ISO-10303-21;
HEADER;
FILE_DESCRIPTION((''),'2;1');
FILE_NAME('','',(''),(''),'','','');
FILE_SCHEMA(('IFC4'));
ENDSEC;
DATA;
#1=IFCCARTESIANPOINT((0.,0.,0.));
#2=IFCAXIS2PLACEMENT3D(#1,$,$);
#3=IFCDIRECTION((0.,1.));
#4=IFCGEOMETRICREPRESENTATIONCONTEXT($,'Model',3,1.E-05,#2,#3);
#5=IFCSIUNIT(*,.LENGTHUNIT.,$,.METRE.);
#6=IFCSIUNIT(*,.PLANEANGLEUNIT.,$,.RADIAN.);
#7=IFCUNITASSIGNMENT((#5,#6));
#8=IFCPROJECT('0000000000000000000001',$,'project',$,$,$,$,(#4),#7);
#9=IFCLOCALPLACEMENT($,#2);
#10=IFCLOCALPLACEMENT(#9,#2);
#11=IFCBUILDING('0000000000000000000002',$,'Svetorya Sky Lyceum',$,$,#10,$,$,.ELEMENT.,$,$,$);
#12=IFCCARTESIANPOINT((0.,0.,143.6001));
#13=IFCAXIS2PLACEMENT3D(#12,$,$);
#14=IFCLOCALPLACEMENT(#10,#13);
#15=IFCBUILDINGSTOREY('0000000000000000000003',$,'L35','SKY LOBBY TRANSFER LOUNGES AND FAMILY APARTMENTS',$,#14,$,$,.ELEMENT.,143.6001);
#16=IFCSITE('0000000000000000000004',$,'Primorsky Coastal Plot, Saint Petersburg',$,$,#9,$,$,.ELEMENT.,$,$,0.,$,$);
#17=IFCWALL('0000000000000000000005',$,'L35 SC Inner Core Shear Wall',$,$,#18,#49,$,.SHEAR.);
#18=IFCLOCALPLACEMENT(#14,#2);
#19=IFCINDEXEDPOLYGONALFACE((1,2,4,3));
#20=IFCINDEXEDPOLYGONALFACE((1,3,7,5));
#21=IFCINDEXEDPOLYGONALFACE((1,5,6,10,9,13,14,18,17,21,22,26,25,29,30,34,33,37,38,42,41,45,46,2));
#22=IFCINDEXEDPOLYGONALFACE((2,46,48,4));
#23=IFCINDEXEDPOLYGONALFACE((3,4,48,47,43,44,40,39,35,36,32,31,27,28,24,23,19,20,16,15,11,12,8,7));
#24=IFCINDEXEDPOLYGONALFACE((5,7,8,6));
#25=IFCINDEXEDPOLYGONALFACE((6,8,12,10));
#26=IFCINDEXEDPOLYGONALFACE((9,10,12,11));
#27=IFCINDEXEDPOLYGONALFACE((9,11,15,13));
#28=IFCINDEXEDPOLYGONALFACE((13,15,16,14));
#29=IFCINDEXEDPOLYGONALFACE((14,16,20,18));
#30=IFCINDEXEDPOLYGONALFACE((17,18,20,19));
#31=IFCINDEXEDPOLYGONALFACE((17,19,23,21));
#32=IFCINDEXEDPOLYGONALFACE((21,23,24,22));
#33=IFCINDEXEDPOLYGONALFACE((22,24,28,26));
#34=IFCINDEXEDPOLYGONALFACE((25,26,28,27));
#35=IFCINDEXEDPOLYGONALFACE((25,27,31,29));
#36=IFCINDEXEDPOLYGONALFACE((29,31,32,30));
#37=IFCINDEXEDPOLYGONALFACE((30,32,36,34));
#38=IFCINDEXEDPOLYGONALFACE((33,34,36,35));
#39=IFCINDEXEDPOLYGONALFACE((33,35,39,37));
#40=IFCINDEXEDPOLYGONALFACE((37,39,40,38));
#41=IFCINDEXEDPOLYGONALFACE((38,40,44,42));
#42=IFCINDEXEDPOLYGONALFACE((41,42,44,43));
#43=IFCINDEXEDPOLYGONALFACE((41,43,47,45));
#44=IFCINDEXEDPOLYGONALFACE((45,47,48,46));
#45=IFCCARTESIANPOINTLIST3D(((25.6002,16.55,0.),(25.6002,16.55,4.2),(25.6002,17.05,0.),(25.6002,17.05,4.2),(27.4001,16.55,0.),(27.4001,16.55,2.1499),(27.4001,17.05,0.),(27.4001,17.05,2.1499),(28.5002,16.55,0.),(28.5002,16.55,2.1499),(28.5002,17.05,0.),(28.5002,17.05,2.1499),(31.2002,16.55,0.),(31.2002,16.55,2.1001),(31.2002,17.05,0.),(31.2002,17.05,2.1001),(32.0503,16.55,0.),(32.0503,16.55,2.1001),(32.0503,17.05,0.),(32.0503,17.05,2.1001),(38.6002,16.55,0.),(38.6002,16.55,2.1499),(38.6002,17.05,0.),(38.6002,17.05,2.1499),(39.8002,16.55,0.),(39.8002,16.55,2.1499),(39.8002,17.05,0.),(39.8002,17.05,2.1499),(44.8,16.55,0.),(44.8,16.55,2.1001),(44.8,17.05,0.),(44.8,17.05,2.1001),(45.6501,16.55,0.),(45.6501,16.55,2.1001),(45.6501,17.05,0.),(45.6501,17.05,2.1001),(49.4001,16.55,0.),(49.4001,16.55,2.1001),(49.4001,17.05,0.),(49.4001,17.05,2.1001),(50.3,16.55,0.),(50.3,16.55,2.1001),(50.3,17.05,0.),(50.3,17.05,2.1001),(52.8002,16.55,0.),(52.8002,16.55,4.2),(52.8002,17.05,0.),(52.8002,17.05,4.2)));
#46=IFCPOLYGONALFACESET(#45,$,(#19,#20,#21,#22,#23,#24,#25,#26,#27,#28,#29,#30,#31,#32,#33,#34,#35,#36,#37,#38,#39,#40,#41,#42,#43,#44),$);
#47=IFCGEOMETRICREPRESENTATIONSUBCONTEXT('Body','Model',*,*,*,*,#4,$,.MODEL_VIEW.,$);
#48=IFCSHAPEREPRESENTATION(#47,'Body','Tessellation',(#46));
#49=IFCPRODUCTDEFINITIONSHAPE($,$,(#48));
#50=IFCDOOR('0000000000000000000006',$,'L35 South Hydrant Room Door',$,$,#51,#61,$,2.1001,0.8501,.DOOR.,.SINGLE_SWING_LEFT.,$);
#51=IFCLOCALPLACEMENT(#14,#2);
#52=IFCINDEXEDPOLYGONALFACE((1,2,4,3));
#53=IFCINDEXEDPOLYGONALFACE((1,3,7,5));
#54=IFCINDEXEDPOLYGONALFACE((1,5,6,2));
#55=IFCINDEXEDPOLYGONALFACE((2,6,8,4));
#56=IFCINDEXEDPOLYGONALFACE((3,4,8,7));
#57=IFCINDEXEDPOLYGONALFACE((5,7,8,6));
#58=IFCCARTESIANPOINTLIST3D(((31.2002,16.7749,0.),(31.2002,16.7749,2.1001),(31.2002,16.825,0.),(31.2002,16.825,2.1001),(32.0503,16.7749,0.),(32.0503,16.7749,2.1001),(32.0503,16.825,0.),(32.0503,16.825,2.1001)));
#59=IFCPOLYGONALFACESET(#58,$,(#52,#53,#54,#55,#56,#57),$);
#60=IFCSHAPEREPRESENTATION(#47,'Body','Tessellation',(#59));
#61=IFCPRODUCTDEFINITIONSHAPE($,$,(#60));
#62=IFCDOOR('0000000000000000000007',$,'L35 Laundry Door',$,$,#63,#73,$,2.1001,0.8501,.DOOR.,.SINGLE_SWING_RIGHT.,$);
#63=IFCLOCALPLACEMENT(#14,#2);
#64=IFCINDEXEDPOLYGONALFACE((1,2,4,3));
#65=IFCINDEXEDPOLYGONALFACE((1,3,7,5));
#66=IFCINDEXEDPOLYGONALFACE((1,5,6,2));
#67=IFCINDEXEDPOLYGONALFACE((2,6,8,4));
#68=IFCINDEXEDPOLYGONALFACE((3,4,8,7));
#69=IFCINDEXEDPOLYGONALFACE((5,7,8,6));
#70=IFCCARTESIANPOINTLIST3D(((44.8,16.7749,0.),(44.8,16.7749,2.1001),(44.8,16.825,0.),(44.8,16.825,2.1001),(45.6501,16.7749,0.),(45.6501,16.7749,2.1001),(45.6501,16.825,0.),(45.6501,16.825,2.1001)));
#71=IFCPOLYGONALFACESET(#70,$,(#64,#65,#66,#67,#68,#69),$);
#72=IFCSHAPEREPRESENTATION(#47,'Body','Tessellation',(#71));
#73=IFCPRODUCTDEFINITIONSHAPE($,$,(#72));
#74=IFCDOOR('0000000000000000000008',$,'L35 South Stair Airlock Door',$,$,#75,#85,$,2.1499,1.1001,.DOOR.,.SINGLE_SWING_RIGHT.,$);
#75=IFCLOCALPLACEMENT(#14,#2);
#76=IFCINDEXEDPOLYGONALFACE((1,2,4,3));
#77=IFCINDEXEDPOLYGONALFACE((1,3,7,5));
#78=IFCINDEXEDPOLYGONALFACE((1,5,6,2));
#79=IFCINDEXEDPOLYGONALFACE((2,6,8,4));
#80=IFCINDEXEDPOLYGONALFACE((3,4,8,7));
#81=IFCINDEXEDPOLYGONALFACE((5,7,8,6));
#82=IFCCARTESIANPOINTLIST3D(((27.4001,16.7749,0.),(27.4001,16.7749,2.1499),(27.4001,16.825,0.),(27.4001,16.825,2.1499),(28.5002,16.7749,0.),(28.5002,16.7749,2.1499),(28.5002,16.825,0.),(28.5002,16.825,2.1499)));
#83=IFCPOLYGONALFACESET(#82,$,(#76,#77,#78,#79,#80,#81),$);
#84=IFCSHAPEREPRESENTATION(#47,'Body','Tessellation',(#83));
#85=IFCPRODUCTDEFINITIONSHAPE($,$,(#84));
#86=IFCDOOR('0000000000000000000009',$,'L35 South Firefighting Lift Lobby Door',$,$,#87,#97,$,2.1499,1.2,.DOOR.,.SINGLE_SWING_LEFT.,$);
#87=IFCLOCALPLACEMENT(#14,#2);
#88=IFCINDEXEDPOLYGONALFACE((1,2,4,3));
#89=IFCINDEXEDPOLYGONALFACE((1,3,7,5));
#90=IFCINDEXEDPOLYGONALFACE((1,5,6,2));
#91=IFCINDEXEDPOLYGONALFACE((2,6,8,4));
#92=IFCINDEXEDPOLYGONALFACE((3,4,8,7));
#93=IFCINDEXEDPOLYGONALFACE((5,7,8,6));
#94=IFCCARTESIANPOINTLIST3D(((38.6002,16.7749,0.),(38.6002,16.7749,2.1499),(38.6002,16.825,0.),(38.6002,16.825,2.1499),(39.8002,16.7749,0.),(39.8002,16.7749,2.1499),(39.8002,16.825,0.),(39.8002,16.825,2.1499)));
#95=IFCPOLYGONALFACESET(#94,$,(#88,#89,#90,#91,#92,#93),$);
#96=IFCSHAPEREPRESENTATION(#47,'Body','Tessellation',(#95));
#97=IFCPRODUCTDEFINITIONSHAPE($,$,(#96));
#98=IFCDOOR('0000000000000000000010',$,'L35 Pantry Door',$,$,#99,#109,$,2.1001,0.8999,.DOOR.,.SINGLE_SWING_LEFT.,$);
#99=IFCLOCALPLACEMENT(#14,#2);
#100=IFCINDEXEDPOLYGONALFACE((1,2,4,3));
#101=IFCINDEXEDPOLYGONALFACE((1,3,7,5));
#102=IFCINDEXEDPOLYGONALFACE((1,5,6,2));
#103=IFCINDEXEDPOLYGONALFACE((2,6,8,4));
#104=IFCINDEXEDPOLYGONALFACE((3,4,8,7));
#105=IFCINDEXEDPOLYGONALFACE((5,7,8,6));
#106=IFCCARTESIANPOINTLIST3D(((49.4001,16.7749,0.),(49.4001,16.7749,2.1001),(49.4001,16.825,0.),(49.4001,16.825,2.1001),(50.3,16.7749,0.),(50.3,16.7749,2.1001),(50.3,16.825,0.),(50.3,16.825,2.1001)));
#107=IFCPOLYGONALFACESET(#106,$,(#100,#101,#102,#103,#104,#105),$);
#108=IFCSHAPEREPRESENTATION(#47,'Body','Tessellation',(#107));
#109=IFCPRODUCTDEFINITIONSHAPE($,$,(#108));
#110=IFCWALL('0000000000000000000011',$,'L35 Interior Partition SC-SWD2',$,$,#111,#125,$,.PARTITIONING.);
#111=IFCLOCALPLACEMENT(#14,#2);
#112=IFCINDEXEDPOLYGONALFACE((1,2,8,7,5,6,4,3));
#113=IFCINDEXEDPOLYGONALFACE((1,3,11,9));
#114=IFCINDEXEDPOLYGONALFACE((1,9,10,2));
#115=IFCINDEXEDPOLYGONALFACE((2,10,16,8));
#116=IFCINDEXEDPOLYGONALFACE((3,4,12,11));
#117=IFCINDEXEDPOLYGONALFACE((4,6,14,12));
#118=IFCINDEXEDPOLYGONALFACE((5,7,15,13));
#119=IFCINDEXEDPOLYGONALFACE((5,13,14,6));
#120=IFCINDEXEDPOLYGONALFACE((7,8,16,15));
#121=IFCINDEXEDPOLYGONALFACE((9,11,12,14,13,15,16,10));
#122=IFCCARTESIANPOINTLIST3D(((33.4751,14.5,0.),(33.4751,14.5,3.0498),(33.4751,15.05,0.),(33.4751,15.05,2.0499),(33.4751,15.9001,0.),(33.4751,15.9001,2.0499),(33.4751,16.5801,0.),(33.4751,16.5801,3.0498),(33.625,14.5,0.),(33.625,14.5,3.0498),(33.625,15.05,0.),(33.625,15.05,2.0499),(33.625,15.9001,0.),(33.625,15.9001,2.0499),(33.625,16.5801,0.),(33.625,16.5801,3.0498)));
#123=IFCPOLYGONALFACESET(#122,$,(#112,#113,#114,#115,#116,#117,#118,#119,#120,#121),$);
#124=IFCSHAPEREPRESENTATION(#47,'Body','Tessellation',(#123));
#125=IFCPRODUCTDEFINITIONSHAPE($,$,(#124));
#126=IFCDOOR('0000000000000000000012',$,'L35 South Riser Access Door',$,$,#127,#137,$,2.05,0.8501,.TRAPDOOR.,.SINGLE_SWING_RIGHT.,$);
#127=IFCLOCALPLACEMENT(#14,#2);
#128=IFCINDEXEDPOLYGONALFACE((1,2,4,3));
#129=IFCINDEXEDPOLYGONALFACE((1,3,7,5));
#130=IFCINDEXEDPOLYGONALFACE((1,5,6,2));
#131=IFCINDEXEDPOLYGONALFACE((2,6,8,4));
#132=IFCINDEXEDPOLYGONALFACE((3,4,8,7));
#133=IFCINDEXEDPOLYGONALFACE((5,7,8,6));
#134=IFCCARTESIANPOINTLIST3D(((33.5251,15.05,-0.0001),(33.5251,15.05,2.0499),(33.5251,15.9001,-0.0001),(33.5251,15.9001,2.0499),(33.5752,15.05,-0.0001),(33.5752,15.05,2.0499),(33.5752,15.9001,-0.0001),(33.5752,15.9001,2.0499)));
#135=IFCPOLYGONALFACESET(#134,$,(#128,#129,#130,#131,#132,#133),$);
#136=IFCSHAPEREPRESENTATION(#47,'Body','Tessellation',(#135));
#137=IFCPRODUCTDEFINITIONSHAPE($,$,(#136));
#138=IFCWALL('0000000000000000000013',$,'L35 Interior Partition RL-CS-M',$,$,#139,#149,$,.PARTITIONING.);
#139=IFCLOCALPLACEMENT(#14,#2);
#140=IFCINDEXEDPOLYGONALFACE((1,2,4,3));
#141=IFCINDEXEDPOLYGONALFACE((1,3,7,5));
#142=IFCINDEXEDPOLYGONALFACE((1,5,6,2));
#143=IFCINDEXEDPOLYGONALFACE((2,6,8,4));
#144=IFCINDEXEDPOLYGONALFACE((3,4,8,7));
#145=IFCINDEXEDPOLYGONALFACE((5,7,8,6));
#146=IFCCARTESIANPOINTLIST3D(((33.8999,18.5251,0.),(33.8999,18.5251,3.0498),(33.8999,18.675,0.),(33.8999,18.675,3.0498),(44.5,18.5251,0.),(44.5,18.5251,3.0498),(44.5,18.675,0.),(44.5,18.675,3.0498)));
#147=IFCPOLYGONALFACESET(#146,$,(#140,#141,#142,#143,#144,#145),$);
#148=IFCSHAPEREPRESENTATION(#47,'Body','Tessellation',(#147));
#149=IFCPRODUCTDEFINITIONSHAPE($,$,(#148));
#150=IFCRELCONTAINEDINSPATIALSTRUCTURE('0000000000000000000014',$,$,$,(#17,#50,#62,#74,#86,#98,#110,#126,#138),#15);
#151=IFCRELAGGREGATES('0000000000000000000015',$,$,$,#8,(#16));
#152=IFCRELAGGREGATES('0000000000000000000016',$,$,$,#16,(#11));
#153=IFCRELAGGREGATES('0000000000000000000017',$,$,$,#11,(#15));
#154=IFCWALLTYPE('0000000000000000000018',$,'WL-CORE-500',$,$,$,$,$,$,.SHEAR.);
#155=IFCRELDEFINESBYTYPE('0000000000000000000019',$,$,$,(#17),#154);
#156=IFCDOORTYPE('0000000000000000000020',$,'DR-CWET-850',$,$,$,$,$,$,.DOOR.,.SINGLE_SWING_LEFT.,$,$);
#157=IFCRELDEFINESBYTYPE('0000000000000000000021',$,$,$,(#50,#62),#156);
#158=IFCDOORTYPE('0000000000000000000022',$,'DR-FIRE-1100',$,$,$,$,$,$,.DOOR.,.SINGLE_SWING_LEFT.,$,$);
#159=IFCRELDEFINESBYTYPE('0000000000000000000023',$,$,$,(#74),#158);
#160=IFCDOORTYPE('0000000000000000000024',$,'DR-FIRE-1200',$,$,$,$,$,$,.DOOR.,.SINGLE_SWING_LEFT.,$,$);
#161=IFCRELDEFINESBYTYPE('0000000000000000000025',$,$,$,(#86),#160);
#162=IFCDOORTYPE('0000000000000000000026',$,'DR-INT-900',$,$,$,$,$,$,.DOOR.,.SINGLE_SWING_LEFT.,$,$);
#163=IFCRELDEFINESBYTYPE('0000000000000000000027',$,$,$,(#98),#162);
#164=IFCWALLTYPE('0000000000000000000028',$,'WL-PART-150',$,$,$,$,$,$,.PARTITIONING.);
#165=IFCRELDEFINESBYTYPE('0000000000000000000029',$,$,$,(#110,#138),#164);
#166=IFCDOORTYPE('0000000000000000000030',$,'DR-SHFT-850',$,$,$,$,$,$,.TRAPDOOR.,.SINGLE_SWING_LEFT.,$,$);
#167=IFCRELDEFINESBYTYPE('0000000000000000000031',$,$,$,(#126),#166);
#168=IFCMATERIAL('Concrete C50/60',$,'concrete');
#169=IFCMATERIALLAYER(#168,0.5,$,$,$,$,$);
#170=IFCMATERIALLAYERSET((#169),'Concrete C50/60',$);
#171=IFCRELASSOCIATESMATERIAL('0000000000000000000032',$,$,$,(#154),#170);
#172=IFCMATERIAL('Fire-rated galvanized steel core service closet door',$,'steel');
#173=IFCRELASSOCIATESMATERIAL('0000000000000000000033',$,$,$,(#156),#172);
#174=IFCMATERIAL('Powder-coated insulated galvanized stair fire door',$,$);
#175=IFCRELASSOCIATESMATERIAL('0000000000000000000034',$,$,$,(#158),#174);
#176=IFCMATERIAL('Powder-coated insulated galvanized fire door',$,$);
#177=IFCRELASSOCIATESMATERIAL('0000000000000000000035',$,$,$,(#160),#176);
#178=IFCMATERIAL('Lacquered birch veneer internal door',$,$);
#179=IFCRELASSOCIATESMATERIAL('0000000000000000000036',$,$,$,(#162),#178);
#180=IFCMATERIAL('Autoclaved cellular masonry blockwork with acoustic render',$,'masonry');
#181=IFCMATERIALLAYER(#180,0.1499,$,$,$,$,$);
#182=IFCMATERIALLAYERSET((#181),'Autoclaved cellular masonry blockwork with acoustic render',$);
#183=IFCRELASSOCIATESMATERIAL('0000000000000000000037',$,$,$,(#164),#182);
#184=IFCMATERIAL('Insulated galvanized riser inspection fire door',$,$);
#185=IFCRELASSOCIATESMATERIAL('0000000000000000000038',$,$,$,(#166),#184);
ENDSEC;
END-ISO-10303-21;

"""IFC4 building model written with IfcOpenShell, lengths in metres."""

from ifc_helpers import new_model, si_unit, direction, frame, frame_2d, origin, place, context, subcontext, project, spatial, rectangle, extrude, material, layer, layer_set, type_object, element, fill, save


model = new_model("IFC4")

# Units and contexts
model_context = context("Model", 3, precision=1e-05, world=origin(), true_north=direction((0.0, 1.0)))
body_context = subcontext(model_context, "Body", "Model", "MODEL_VIEW")
ifc_project = project(units=[si_unit("LENGTHUNIT", "METRE"), si_unit("PLANEANGLEUNIT", "RADIAN")], contexts=[model_context])

# Site, building, storey
site_placement = place(None, origin())
site = spatial("IfcSite", under=ifc_project, at=site_placement, Name="Primorsky Coastal Plot, Saint Petersburg", CompositionType="ELEMENT", RefElevation=0.0)
building_placement = place(site_placement, origin())
building = spatial("IfcBuilding", under=site, at=building_placement, Name="Svetorya Sky Lyceum", CompositionType="ELEMENT")
storey_placement = place(building_placement, frame((0.0, 0.0, 143.6001)))
storey = spatial("IfcBuildingStorey", under=building, at=storey_placement, Name="L35", Description="SKY LOBBY TRANSFER LOUNGES AND FAMILY APARTMENTS", CompositionType="ELEMENT", Elevation=143.6001)

# Shared definitions
ifc_material_1 = material(Name="Concrete C50/60", Category="concrete")

# Wall, openings, doors
ifc_layer_1 = layer(ifc_material_1, 0.5)
ifc_layer_set_1 = layer_set([ifc_layer_1], Name="Concrete C50/60")
wall_type_1 = type_object("IfcWallType", Name="WL-CORE-500", PredefinedType="SHEAR", material=ifc_layer_set_1)
wall_1_placement = place(storey_placement, frame((25.6001, 16.8, 0.0), z_axis=(0.0, 0.0, 1.0), x_axis=(1.0, 0.0, 0.0)))
wall_1 = element("IfcWall", 1, at=wall_1_placement, inside=storey, type_object=wall_type_1, Name="L35 SC Inner Core Shear Wall", PredefinedType="SHEAR", context=body_context, shape_type="SweptSolid", body=[
    extrude(rectangle(XDim=27.2, YDim=0.5, at=frame_2d((13.6001, 0.0))), origin(), (0.0, 0.0, 1.0), 4.2),
])
opening_1_placement = place(wall_1_placement, frame((1.8, 0.0, 0.0)))
opening_1 = element("IfcOpeningElement", 2, at=opening_1_placement, cuts=wall_1, PredefinedType="OPENING", context=body_context, shape_type="SweptSolid", body=[
    extrude(rectangle(XDim=1.1001, YDim=2.1499, at=frame_2d((0.55, 1.075))), frame((0.0, 0.26, 0.0), z_axis=(0.0, -1.0, 0.0), x_axis=(1.0, 0.0, 0.0)), (0.0, 0.0, 1.0), 0.52),
])
opening_2_placement = place(wall_1_placement, frame((5.6001, 0.0, 0.0)))
opening_2 = element("IfcOpeningElement", 3, at=opening_2_placement, cuts=wall_1, PredefinedType="OPENING", context=body_context, shape_type="SweptSolid", body=[
    extrude(rectangle(XDim=0.8501, YDim=2.1001, at=frame_2d((0.425, 1.05))), frame((0.0, 0.26, 0.0), z_axis=(0.0, -1.0, 0.0), x_axis=(1.0, 0.0, 0.0)), (0.0, 0.0, 1.0), 0.52),
])
opening_3_placement = place(wall_1_placement, frame((13.0, 0.0, 0.0)))
opening_3 = element("IfcOpeningElement", 4, at=opening_3_placement, cuts=wall_1, PredefinedType="OPENING", context=body_context, shape_type="SweptSolid", body=[
    extrude(rectangle(XDim=1.2, YDim=2.1499, at=frame_2d((0.6001, 1.075))), frame((0.0, 0.26, 0.0), z_axis=(0.0, -1.0, 0.0), x_axis=(1.0, 0.0, 0.0)), (0.0, 0.0, 1.0), 0.52),
])
opening_4_placement = place(wall_1_placement, frame((19.2, 0.0, 0.0)))
opening_4 = element("IfcOpeningElement", 5, at=opening_4_placement, cuts=wall_1, PredefinedType="OPENING", context=body_context, shape_type="SweptSolid", body=[
    extrude(rectangle(XDim=0.8501, YDim=2.1001, at=frame_2d((0.425, 1.05))), frame((0.0, 0.26, 0.0), z_axis=(0.0, -1.0, 0.0), x_axis=(1.0, 0.0, 0.0)), (0.0, 0.0, 1.0), 0.52),
])
opening_5_placement = place(wall_1_placement, frame((23.8, 0.0, 0.0)))
opening_5 = element("IfcOpeningElement", 6, at=opening_5_placement, cuts=wall_1, PredefinedType="OPENING", context=body_context, shape_type="SweptSolid", body=[
    extrude(rectangle(XDim=0.8999, YDim=2.1001, at=frame_2d((0.45, 1.05))), frame((0.0, 0.26, 0.0), z_axis=(0.0, -1.0, 0.0), x_axis=(1.0, 0.0, 0.0)), (0.0, 0.0, 1.0), 0.52),
])
ifc_material_2 = material(Name="Fire-rated galvanized steel core service closet door", Category="steel")
door_type_1 = type_object("IfcDoorType", Name="DR-CWET-850", OperationType="SINGLE_SWING_LEFT", PredefinedType="DOOR", material=ifc_material_2)
door_1_placement = place(opening_2_placement, origin())
door_1 = element("IfcDoor", 7, at=door_1_placement, inside=storey, type_object=door_type_1, Name="L35 South Hydrant Room Door", OperationType="SINGLE_SWING_LEFT", OverallHeight=2.1001, OverallWidth=0.8501, PredefinedType="DOOR", context=body_context, shape_type="SweptSolid", body=[
    extrude(rectangle(XDim=0.8501, YDim=2.1001, at=frame_2d((0.425, 1.05))), frame((0.0, 0.0249, 0.0), z_axis=(0.0, -1.0, 0.0), x_axis=(1.0, 0.0, 0.0)), (0.0, 0.0, 1.0), 0.05),
])
fill(opening_2, door_1)
door_2_placement = place(opening_4_placement, origin())
door_2 = element("IfcDoor", 8, at=door_2_placement, inside=storey, type_object=door_type_1, Name="L35 Laundry Door", OperationType="SINGLE_SWING_RIGHT", OverallHeight=2.1001, OverallWidth=0.8501, PredefinedType="DOOR", context=body_context, shape_type="SweptSolid", body=[
    extrude(rectangle(XDim=0.8501, YDim=2.1001, at=frame_2d((0.425, 1.05))), frame((0.0, 0.0249, 0.0), z_axis=(0.0, -1.0, 0.0), x_axis=(1.0, 0.0, 0.0)), (0.0, 0.0, 1.0), 0.05),
])
fill(opening_4, door_2)
ifc_material_3 = material(Name="Powder-coated insulated galvanized stair fire door")
door_type_2 = type_object("IfcDoorType", Name="DR-FIRE-1100", OperationType="SINGLE_SWING_LEFT", PredefinedType="DOOR", material=ifc_material_3)
door_3_placement = place(opening_1_placement, origin())
door_3 = element("IfcDoor", 9, at=door_3_placement, inside=storey, type_object=door_type_2, Name="L35 South Stair Airlock Door", OperationType="SINGLE_SWING_RIGHT", OverallHeight=2.1499, OverallWidth=1.1001, PredefinedType="DOOR", context=body_context, shape_type="SweptSolid", body=[
    extrude(rectangle(XDim=1.1001, YDim=2.1499, at=frame_2d((0.55, 1.075))), frame((0.0, 0.0249, 0.0), z_axis=(0.0, -1.0, 0.0), x_axis=(1.0, 0.0, 0.0)), (0.0, 0.0, 1.0), 0.05),
])
fill(opening_1, door_3)
ifc_material_4 = material(Name="Powder-coated insulated galvanized fire door")
door_type_3 = type_object("IfcDoorType", Name="DR-FIRE-1200", OperationType="SINGLE_SWING_LEFT", PredefinedType="DOOR", material=ifc_material_4)
door_4_placement = place(opening_3_placement, origin())
door_4 = element("IfcDoor", 10, at=door_4_placement, inside=storey, type_object=door_type_3, Name="L35 South Firefighting Lift Lobby Door", OperationType="SINGLE_SWING_LEFT", OverallHeight=2.1499, OverallWidth=1.2, PredefinedType="DOOR", context=body_context, shape_type="SweptSolid", body=[
    extrude(rectangle(XDim=1.2, YDim=2.1499, at=frame_2d((0.6001, 1.075))), frame((0.0, 0.0249, 0.0), z_axis=(0.0, -1.0, 0.0), x_axis=(1.0, 0.0, 0.0)), (0.0, 0.0, 1.0), 0.05),
])
fill(opening_3, door_4)
ifc_material_5 = material(Name="Lacquered birch veneer internal door")
door_type_4 = type_object("IfcDoorType", Name="DR-INT-900", OperationType="SINGLE_SWING_LEFT", PredefinedType="DOOR", material=ifc_material_5)
door_5_placement = place(opening_5_placement, origin())
door_5 = element("IfcDoor", 11, at=door_5_placement, inside=storey, type_object=door_type_4, Name="L35 Pantry Door", OperationType="SINGLE_SWING_LEFT", OverallHeight=2.1001, OverallWidth=0.8999, PredefinedType="DOOR", context=body_context, shape_type="SweptSolid", body=[
    extrude(rectangle(XDim=0.8999, YDim=2.1001, at=frame_2d((0.45, 1.05))), frame((0.0, 0.0249, 0.0), z_axis=(0.0, -1.0, 0.0), x_axis=(1.0, 0.0, 0.0)), (0.0, 0.0, 1.0), 0.05),
])
fill(opening_5, door_5)

# Wall, opening, door
ifc_material_6 = material(Name="Autoclaved cellular masonry blockwork with acoustic render", Category="masonry")
ifc_layer_2 = layer(ifc_material_6, 0.1499)
ifc_layer_set_2 = layer_set([ifc_layer_2], Name="Autoclaved cellular masonry blockwork with acoustic render")
wall_type_2 = type_object("IfcWallType", Name="WL-PART-150", PredefinedType="PARTITIONING", material=ifc_layer_set_2)
wall_2_placement = place(storey_placement, frame((33.55, 14.5, 0.0), z_axis=(0.0, 0.0, 1.0), x_axis=(0.0, 1.0, 0.0)))
wall_2 = element("IfcWall", 12, at=wall_2_placement, inside=storey, type_object=wall_type_2, Name="L35 Interior Partition SC-SWD2", PredefinedType="PARTITIONING", context=body_context, shape_type="SweptSolid", body=[
    extrude(rectangle(XDim=2.0801, YDim=0.1499, at=frame_2d((1.04, 0.0))), origin(), (0.0, 0.0, 1.0), 3.0498),
])
opening_6_placement = place(wall_2_placement, frame((0.55, 0.0, 0.0)))
opening_6 = element("IfcOpeningElement", 13, at=opening_6_placement, cuts=wall_2, PredefinedType="OPENING", context=body_context, shape_type="SweptSolid", body=[
    extrude(rectangle(XDim=0.8501, YDim=2.05, at=frame_2d((0.425, 1.0249))), frame((0.0, 0.085, 0.0), z_axis=(0.0, -1.0, 0.0), x_axis=(1.0, 0.0, 0.0)), (0.0, 0.0, 1.0), 0.1699),
])
ifc_material_7 = material(Name="Insulated galvanized riser inspection fire door")
door_type_5 = type_object("IfcDoorType", Name="DR-SHFT-850", OperationType="SINGLE_SWING_LEFT", PredefinedType="TRAPDOOR", material=ifc_material_7)
door_6_placement = place(opening_6_placement, origin())
door_6 = element("IfcDoor", 14, at=door_6_placement, inside=storey, type_object=door_type_5, Name="L35 South Riser Access Door", OperationType="SINGLE_SWING_RIGHT", OverallHeight=2.05, OverallWidth=0.8501, PredefinedType="TRAPDOOR", context=body_context, shape_type="SweptSolid", body=[
    extrude(rectangle(XDim=0.8501, YDim=2.05, at=frame_2d((0.425, 1.0249))), frame((0.0, 0.0249, 0.0), z_axis=(0.0, -1.0, 0.0), x_axis=(1.0, 0.0, 0.0)), (0.0, 0.0, 1.0), 0.05),
])
fill(opening_6, door_6)

# Wall
wall_3_placement = place(storey_placement, frame((33.8999, 18.6001, 0.0), z_axis=(0.0, 0.0, 1.0), x_axis=(1.0, 0.0, 0.0)))
element("IfcWall", 15, at=wall_3_placement, inside=storey, type_object=wall_type_2, Name="L35 Interior Partition RL-CS-M", PredefinedType="PARTITIONING", context=body_context, shape_type="SweptSolid", body=[
    extrude(rectangle(XDim=10.6001, YDim=0.1499, at=frame_2d((5.3, 0.0))), origin(), (0.0, 0.0, 1.0), 3.0498),
])

save(model, "model.ifc")
